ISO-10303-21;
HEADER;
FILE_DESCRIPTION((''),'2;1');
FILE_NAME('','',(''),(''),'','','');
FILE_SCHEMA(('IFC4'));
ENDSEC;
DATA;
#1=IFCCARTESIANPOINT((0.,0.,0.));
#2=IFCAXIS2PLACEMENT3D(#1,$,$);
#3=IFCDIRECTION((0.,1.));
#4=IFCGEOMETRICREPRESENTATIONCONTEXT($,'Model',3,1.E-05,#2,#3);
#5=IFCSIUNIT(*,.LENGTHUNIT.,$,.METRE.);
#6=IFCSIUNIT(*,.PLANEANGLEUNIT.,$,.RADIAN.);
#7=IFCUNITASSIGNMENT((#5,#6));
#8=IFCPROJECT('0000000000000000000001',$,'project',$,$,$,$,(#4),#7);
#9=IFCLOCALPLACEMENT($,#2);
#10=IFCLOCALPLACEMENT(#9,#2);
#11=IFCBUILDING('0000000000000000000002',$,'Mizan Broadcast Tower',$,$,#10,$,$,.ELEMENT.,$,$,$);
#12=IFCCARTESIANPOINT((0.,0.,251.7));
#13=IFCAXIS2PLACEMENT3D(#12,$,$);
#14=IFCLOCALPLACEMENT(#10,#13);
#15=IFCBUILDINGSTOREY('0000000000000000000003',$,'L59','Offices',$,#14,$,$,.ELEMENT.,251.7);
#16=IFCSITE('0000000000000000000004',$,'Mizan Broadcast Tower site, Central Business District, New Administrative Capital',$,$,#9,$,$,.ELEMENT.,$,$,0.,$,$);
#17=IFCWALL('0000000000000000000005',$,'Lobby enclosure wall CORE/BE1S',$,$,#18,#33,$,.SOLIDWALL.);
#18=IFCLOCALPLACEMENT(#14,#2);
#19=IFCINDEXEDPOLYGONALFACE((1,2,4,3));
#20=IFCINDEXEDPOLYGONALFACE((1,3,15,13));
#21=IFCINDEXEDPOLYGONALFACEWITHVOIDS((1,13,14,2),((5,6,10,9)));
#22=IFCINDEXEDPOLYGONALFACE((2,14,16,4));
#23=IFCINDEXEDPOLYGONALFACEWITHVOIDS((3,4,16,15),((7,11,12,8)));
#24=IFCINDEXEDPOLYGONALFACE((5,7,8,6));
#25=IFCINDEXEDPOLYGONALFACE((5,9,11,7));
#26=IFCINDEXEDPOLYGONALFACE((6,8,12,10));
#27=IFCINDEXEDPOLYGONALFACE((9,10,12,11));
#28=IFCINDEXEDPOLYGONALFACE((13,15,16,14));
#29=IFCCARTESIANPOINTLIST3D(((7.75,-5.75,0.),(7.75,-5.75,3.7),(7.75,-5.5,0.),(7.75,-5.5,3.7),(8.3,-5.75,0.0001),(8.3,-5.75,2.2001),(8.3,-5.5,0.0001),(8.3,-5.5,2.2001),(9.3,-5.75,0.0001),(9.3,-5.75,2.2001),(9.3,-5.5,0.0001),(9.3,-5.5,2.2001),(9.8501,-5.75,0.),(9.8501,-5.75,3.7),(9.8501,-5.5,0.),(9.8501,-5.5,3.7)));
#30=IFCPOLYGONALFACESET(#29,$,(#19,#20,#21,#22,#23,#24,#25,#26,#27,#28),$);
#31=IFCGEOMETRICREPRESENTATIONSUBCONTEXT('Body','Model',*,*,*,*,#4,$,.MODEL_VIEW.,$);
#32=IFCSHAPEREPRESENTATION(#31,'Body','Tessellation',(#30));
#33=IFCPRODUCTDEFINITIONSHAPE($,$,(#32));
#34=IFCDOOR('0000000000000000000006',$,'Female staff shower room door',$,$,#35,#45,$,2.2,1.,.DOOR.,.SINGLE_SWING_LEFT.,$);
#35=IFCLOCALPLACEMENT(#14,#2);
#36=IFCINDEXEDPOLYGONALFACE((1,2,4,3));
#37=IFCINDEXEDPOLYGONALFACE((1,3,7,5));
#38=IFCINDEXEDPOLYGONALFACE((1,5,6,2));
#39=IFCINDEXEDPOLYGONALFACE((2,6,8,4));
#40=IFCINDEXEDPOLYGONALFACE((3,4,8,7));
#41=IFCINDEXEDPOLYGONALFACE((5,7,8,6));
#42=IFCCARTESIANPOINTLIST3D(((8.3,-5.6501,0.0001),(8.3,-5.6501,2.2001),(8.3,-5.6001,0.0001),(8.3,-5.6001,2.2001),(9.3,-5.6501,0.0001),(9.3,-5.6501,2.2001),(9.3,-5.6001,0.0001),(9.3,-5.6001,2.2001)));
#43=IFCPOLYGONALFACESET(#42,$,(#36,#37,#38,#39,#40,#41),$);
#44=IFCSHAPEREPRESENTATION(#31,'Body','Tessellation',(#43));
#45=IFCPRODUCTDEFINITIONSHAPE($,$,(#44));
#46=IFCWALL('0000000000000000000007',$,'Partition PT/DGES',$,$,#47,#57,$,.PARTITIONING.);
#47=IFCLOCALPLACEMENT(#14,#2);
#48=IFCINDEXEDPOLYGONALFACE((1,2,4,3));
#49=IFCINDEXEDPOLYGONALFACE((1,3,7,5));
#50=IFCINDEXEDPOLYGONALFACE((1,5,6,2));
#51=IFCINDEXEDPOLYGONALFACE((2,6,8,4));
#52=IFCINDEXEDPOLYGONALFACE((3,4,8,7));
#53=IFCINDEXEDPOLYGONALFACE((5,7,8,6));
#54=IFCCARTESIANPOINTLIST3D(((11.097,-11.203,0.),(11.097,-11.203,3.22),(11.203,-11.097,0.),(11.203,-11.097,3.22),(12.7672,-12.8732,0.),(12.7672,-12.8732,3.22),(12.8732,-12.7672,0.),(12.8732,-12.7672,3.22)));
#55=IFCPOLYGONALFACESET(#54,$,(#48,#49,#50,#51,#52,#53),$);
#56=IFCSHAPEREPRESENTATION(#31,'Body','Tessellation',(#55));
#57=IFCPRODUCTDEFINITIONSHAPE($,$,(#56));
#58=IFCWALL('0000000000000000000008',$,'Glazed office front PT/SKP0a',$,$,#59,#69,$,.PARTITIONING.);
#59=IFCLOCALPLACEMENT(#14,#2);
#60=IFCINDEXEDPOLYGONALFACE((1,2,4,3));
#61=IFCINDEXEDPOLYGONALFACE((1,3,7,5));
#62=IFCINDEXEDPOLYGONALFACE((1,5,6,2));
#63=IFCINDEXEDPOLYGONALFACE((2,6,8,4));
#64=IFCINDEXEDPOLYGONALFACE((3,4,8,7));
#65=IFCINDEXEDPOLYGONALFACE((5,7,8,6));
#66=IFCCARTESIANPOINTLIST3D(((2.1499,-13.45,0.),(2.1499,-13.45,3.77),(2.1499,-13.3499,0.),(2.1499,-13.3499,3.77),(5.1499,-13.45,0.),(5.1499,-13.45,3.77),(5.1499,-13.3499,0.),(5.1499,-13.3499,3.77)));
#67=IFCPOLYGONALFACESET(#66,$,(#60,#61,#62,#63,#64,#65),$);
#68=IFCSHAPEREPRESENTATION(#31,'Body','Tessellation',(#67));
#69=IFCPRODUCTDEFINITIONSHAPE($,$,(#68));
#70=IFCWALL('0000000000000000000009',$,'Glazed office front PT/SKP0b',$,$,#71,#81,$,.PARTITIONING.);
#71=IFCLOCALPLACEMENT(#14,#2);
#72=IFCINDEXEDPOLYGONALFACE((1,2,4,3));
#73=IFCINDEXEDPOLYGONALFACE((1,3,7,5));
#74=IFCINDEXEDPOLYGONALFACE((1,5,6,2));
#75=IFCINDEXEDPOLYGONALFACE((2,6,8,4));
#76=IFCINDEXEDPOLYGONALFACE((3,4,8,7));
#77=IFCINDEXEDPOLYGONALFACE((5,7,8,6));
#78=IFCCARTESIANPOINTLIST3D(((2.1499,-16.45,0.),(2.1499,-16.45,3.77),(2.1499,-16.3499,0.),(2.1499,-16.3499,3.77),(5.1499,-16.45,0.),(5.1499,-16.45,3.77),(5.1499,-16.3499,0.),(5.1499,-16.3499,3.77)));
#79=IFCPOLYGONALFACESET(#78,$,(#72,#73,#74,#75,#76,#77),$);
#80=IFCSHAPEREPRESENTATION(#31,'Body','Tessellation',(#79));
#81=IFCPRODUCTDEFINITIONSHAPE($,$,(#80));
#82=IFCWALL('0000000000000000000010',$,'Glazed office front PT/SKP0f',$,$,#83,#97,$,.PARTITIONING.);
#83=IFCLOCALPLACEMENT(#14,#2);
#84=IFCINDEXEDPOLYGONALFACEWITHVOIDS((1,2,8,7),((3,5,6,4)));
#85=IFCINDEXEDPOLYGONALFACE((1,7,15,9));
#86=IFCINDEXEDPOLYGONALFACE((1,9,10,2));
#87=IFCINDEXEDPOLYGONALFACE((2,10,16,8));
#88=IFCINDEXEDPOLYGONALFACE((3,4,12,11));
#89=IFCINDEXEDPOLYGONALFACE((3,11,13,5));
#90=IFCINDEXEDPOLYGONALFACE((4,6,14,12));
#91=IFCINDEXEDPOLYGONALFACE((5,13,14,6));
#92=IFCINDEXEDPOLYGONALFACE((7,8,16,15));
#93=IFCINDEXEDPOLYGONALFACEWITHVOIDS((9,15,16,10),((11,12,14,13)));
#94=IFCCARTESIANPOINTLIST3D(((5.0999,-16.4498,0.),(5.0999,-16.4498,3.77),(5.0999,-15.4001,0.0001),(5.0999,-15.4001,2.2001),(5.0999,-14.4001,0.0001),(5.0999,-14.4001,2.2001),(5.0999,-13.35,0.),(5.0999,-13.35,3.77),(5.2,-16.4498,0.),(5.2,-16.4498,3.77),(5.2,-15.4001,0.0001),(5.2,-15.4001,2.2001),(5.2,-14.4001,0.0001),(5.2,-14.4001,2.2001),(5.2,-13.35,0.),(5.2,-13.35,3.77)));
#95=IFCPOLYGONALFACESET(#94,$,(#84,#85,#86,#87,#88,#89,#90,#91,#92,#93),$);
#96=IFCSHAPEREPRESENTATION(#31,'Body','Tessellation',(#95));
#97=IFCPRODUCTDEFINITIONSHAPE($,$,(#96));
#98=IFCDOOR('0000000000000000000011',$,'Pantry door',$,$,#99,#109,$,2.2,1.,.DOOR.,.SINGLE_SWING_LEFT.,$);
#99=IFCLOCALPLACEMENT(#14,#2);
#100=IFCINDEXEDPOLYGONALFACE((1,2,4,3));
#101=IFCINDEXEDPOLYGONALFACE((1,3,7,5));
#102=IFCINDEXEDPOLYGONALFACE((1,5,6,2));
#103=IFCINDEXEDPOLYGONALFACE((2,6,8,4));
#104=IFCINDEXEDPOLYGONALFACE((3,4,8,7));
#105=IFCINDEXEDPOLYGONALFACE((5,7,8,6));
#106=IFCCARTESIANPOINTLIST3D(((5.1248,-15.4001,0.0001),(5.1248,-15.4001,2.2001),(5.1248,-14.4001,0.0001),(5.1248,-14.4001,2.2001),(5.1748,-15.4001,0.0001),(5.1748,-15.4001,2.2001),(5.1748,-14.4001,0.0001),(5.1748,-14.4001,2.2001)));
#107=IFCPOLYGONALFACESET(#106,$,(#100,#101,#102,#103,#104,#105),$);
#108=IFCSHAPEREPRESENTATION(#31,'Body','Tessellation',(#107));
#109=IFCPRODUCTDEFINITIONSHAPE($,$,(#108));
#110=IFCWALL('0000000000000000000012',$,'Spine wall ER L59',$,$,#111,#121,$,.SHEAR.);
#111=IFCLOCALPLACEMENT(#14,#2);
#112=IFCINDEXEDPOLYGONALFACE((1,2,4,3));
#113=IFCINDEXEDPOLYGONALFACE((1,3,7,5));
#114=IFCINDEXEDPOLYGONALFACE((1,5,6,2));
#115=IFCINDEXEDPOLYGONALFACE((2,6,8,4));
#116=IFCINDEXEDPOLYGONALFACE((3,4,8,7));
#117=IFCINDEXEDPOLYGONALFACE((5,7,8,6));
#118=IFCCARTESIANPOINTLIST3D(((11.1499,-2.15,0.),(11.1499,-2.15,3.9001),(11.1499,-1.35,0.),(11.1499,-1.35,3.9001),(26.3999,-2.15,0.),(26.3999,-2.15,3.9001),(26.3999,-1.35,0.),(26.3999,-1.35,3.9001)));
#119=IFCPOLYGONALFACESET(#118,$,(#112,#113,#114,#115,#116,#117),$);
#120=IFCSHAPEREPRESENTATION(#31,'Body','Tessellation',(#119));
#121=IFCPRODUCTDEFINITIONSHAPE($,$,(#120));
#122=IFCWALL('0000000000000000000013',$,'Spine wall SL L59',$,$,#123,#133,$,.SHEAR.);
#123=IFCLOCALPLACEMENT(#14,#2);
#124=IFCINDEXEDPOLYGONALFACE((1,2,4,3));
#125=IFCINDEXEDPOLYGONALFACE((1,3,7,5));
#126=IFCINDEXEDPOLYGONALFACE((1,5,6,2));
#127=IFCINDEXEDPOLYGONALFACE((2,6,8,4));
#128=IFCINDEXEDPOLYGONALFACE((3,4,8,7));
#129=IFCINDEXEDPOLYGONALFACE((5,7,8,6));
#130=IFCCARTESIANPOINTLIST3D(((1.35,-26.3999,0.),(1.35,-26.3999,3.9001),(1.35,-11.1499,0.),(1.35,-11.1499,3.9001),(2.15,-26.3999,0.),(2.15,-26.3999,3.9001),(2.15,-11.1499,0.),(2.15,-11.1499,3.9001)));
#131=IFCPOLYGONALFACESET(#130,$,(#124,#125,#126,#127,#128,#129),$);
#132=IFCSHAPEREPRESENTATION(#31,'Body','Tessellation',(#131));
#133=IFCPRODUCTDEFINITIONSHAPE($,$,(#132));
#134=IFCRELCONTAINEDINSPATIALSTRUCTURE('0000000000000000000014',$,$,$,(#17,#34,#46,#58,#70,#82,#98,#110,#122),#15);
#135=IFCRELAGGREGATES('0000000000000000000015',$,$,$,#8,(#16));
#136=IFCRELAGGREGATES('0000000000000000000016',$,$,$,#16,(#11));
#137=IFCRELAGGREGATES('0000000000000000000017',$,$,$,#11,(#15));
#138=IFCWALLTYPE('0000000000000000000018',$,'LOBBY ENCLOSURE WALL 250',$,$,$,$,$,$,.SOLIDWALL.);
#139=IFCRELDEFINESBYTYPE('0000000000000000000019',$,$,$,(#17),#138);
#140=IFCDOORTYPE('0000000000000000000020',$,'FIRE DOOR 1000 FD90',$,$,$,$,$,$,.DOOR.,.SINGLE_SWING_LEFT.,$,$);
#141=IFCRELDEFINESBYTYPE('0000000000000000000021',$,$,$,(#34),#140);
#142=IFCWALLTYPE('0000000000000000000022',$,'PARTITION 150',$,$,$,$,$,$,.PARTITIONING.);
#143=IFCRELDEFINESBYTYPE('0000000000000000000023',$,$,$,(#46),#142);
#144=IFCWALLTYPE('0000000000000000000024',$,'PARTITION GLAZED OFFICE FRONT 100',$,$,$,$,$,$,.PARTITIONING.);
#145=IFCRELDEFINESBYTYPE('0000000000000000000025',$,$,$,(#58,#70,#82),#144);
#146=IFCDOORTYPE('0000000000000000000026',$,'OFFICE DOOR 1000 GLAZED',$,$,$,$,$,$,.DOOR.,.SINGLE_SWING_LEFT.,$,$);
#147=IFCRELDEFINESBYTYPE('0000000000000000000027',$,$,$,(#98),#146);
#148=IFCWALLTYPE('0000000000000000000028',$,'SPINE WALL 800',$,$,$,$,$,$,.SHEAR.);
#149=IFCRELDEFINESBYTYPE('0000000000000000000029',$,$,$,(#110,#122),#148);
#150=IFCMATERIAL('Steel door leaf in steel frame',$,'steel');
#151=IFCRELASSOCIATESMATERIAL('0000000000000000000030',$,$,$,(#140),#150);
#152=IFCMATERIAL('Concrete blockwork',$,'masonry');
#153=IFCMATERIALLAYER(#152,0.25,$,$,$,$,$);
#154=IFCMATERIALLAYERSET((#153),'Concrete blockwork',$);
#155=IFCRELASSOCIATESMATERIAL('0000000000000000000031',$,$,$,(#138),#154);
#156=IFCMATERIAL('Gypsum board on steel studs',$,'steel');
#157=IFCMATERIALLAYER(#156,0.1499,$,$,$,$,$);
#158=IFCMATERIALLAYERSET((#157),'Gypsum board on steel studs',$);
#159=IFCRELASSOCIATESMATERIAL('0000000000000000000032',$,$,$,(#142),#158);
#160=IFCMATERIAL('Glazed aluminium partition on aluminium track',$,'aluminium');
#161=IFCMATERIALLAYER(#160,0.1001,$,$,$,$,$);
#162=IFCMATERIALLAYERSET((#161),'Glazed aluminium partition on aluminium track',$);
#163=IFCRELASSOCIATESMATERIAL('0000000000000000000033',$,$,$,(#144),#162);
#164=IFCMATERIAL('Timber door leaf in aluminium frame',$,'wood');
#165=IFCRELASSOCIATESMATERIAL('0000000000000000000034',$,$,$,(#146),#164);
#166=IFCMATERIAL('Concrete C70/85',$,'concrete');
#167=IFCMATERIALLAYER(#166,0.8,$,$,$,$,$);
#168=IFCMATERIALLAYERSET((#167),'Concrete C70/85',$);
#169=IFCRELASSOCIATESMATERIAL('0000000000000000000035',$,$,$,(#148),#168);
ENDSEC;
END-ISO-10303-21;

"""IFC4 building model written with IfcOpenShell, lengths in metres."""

from ifc_helpers import new_model, si_unit, direction, frame, frame_2d, origin, place, context, subcontext, project, spatial, rectangle, extrude, material, layer, layer_set, type_object, element, fill, save


model = new_model("IFC4")

# Units and contexts
model_context = context("Model", 3, precision=1e-05, world=origin(), true_north=direction((0.0, 1.0)))
body_context = subcontext(model_context, "Body", "Model", "MODEL_VIEW")
ifc_project = project(units=[si_unit("LENGTHUNIT", "METRE"), si_unit("PLANEANGLEUNIT", "RADIAN")], contexts=[model_context])

# Site, building, storey
site_placement = place(None, origin())
site = spatial("IfcSite", under=ifc_project, at=site_placement, Name="Mizan Broadcast Tower site, Central Business District, New Administrative Capital", CompositionType="ELEMENT", RefElevation=0.0)
building_placement = place(site_placement, origin())
building = spatial("IfcBuilding", under=site, at=building_placement, Name="Mizan Broadcast Tower", CompositionType="ELEMENT")
storey_placement = place(building_placement, frame((0.0, 0.0, 251.7)))
storey = spatial("IfcBuildingStorey", under=building, at=storey_placement, Name="L59", Description="Offices", CompositionType="ELEMENT", Elevation=251.7)

# Shared definitions
ifc_material_1 = material(Name="Steel door leaf in steel frame", Category="steel")
door_type_1 = type_object("IfcDoorType", Name="FIRE DOOR 1000 FD90", OperationType="SINGLE_SWING_LEFT", PredefinedType="DOOR", material=ifc_material_1)

# Shared definitions
ifc_material_2 = material(Name="Concrete blockwork", Category="masonry")
ifc_layer_1 = layer(ifc_material_2, 0.25)
ifc_layer_set_1 = layer_set([ifc_layer_1], Name="Concrete blockwork")
wall_type_1 = type_object("IfcWallType", Name="LOBBY ENCLOSURE WALL 250", PredefinedType="SOLIDWALL", material=ifc_layer_set_1)

# Wall, opening, door
wall_1_placement = place(storey_placement, frame((7.75, -5.625, 0.0), z_axis=(0.0, 0.0, 1.0), x_axis=(1.0, 0.0, 0.0)))
wall_1 = element("IfcWall", 1, at=wall_1_placement, inside=storey, type_object=wall_type_1, Name="Lobby enclosure wall CORE/BE1S", PredefinedType="SOLIDWALL", context=body_context, shape_type="SweptSolid", body=[
    extrude(rectangle(XDim=2.1001, YDim=0.25, at=frame_2d((1.05, 0.0))), origin(), (0.0, 0.0, 1.0), 3.7),
])
opening_1_placement = place(wall_1_placement, frame((0.55, 0.0, 0.0)))
opening_1 = element("IfcOpeningElement", 2, at=opening_1_placement, cuts=wall_1, PredefinedType="OPENING", context=body_context, shape_type="SweptSolid", body=[
    extrude(rectangle(XDim=1.0, YDim=2.2, at=frame_2d((0.5, 1.1001))), frame((0.0, 0.135, 0.0), z_axis=(0.0, -1.0, 0.0), x_axis=(1.0, 0.0, 0.0)), (0.0, 0.0, 1.0), 0.27),
])
door_1_placement = place(opening_1_placement, origin())
door_1 = element("IfcDoor", 3, at=door_1_placement, inside=storey, type_object=door_type_1, Name="Female staff shower room door", OperationType="SINGLE_SWING_LEFT", OverallHeight=2.2, OverallWidth=1.0, PredefinedType="DOOR", context=body_context, shape_type="SweptSolid", body=[
    extrude(rectangle(XDim=1.0, YDim=2.2, at=frame_2d((0.5, 1.1001))), frame((0.0, 0.0249, 0.0), z_axis=(0.0, -1.0, 0.0), x_axis=(1.0, 0.0, 0.0)), (0.0, 0.0, 1.0), 0.05),
])
fill(opening_1, door_1)

# Walls
ifc_material_3 = material(Name="Gypsum board on steel studs", Category="steel")
ifc_layer_2 = layer(ifc_material_3, 0.1499)
ifc_layer_set_2 = layer_set([ifc_layer_2], Name="Gypsum board on steel studs")
wall_type_2 = type_object("IfcWallType", Name="PARTITION 150", PredefinedType="PARTITIONING", material=ifc_layer_set_2)
wall_2_placement = place(storey_placement, frame((11.1499, -11.1499, 0.0), z_axis=(0.0, 0.0, 1.0), x_axis=(0.707107, -0.707107, 0.0)))
element("IfcWall", 4, at=wall_2_placement, inside=storey, type_object=wall_type_2, Name="Partition PT/DGES", PredefinedType="PARTITIONING", context=body_context, shape_type="SweptSolid", body=[
    extrude(rectangle(XDim=2.3621, YDim=0.1499, at=frame_2d((1.1812, 0.0))), origin(), (0.0, 0.0, 1.0), 3.22),
])
ifc_material_4 = material(Name="Glazed aluminium partition on aluminium track", Category="aluminium")
ifc_layer_3 = layer(ifc_material_4, 0.1001)
ifc_layer_set_3 = layer_set([ifc_layer_3], Name="Glazed aluminium partition on aluminium track")
wall_type_3 = type_object("IfcWallType", Name="PARTITION GLAZED OFFICE FRONT 100", PredefinedType="PARTITIONING", material=ifc_layer_set_3)
for number, where, z_axis, x_axis, name in (
    (5, (2.1499, -13.3999, 0.0), (0.0, 0.0, 1.0), (1.0, 0.0, 0.0), "Glazed office front PT/SKP0a"),
    (6, (2.1499, -16.3999, 0.0), (0.0, 0.0, 1.0), (1.0, 0.0, 0.0), "Glazed office front PT/SKP0b"),
):
    element("IfcWall", number, at=place(storey_placement, frame(where, z_axis=z_axis, x_axis=x_axis)), inside=storey, type_object=wall_type_3, Name=name, PredefinedType="PARTITIONING", context=body_context, shape_type="SweptSolid", body=[
        extrude(rectangle(XDim=3.0, YDim=0.1001, at=frame_2d((1.5, 0.0))), origin(), (0.0, 0.0, 1.0), 3.77),
    ])

# Wall, opening, door
wall_3_placement = place(storey_placement, frame((5.1499, -13.3501, 0.0), z_axis=(0.0, 0.0, 1.0), x_axis=(0.0, -1.0, 0.0)))
wall_3 = element("IfcWall", 7, at=wall_3_placement, inside=storey, type_object=wall_type_3, Name="Glazed office front PT/SKP0f", PredefinedType="PARTITIONING", context=body_context, shape_type="SweptSolid", body=[
    extrude(rectangle(XDim=3.0999, YDim=0.1001, at=frame_2d((1.5498, 0.0))), origin(), (0.0, 0.0, 1.0), 3.77),
])
opening_2_placement = place(wall_3_placement, frame((1.05, 0.0, 0.0)))
opening_2 = element("IfcOpeningElement", 8, at=opening_2_placement, cuts=wall_3, PredefinedType="OPENING", context=body_context, shape_type="SweptSolid", body=[
    extrude(rectangle(XDim=1.0, YDim=2.2, at=frame_2d((0.5, 1.1001))), frame((0.0, 0.0601, 0.0), z_axis=(0.0, -1.0, 0.0), x_axis=(1.0, 0.0, 0.0)), (0.0, 0.0, 1.0), 0.1201),
])
ifc_material_5 = material(Name="Timber door leaf in aluminium frame", Category="wood")
door_type_2 = type_object("IfcDoorType", Name="OFFICE DOOR 1000 GLAZED", OperationType="SINGLE_SWING_LEFT", PredefinedType="DOOR", material=ifc_material_5)
door_2_placement = place(opening_2_placement, origin())
door_2 = element("IfcDoor", 9, at=door_2_placement, inside=storey, type_object=door_type_2, Name="Pantry door", OperationType="SINGLE_SWING_LEFT", OverallHeight=2.2, OverallWidth=1.0, PredefinedType="DOOR", context=body_context, shape_type="SweptSolid", body=[
    extrude(rectangle(XDim=1.0, YDim=2.2, at=frame_2d((0.5, 1.1001))), frame((0.0, 0.0249, 0.0), z_axis=(0.0, -1.0, 0.0), x_axis=(1.0, 0.0, 0.0)), (0.0, 0.0, 1.0), 0.05),
])
fill(opening_2, door_2)

# Walls
ifc_material_6 = material(Name="Concrete C70/85", Category="concrete")
ifc_layer_4 = layer(ifc_material_6, 0.8)
ifc_layer_set_4 = layer_set([ifc_layer_4], Name="Concrete C70/85")
wall_type_4 = type_object("IfcWallType", Name="SPINE WALL 800", PredefinedType="SHEAR", material=ifc_layer_set_4)
for number, where, z_axis, x_axis, name in (
    (10, (11.1499, -1.75, 0.0), (0.0, 0.0, 1.0), (1.0, 0.0, 0.0), "Spine wall ER L59"),
    (11, (1.75, -11.1499, 0.0), (0.0, 0.0, 1.0), (0.0, -1.0, 0.0), "Spine wall SL L59"),
):
    element("IfcWall", number, at=place(storey_placement, frame(where, z_axis=z_axis, x_axis=x_axis)), inside=storey, type_object=wall_type_4, Name=name, PredefinedType="SHEAR", context=body_context, shape_type="SweptSolid", body=[
        extrude(rectangle(XDim=15.25, YDim=0.8, at=frame_2d((7.625, 0.0))), origin(), (0.0, 0.0, 1.0), 3.9001),
    ])

save(model, "model.ifc")
